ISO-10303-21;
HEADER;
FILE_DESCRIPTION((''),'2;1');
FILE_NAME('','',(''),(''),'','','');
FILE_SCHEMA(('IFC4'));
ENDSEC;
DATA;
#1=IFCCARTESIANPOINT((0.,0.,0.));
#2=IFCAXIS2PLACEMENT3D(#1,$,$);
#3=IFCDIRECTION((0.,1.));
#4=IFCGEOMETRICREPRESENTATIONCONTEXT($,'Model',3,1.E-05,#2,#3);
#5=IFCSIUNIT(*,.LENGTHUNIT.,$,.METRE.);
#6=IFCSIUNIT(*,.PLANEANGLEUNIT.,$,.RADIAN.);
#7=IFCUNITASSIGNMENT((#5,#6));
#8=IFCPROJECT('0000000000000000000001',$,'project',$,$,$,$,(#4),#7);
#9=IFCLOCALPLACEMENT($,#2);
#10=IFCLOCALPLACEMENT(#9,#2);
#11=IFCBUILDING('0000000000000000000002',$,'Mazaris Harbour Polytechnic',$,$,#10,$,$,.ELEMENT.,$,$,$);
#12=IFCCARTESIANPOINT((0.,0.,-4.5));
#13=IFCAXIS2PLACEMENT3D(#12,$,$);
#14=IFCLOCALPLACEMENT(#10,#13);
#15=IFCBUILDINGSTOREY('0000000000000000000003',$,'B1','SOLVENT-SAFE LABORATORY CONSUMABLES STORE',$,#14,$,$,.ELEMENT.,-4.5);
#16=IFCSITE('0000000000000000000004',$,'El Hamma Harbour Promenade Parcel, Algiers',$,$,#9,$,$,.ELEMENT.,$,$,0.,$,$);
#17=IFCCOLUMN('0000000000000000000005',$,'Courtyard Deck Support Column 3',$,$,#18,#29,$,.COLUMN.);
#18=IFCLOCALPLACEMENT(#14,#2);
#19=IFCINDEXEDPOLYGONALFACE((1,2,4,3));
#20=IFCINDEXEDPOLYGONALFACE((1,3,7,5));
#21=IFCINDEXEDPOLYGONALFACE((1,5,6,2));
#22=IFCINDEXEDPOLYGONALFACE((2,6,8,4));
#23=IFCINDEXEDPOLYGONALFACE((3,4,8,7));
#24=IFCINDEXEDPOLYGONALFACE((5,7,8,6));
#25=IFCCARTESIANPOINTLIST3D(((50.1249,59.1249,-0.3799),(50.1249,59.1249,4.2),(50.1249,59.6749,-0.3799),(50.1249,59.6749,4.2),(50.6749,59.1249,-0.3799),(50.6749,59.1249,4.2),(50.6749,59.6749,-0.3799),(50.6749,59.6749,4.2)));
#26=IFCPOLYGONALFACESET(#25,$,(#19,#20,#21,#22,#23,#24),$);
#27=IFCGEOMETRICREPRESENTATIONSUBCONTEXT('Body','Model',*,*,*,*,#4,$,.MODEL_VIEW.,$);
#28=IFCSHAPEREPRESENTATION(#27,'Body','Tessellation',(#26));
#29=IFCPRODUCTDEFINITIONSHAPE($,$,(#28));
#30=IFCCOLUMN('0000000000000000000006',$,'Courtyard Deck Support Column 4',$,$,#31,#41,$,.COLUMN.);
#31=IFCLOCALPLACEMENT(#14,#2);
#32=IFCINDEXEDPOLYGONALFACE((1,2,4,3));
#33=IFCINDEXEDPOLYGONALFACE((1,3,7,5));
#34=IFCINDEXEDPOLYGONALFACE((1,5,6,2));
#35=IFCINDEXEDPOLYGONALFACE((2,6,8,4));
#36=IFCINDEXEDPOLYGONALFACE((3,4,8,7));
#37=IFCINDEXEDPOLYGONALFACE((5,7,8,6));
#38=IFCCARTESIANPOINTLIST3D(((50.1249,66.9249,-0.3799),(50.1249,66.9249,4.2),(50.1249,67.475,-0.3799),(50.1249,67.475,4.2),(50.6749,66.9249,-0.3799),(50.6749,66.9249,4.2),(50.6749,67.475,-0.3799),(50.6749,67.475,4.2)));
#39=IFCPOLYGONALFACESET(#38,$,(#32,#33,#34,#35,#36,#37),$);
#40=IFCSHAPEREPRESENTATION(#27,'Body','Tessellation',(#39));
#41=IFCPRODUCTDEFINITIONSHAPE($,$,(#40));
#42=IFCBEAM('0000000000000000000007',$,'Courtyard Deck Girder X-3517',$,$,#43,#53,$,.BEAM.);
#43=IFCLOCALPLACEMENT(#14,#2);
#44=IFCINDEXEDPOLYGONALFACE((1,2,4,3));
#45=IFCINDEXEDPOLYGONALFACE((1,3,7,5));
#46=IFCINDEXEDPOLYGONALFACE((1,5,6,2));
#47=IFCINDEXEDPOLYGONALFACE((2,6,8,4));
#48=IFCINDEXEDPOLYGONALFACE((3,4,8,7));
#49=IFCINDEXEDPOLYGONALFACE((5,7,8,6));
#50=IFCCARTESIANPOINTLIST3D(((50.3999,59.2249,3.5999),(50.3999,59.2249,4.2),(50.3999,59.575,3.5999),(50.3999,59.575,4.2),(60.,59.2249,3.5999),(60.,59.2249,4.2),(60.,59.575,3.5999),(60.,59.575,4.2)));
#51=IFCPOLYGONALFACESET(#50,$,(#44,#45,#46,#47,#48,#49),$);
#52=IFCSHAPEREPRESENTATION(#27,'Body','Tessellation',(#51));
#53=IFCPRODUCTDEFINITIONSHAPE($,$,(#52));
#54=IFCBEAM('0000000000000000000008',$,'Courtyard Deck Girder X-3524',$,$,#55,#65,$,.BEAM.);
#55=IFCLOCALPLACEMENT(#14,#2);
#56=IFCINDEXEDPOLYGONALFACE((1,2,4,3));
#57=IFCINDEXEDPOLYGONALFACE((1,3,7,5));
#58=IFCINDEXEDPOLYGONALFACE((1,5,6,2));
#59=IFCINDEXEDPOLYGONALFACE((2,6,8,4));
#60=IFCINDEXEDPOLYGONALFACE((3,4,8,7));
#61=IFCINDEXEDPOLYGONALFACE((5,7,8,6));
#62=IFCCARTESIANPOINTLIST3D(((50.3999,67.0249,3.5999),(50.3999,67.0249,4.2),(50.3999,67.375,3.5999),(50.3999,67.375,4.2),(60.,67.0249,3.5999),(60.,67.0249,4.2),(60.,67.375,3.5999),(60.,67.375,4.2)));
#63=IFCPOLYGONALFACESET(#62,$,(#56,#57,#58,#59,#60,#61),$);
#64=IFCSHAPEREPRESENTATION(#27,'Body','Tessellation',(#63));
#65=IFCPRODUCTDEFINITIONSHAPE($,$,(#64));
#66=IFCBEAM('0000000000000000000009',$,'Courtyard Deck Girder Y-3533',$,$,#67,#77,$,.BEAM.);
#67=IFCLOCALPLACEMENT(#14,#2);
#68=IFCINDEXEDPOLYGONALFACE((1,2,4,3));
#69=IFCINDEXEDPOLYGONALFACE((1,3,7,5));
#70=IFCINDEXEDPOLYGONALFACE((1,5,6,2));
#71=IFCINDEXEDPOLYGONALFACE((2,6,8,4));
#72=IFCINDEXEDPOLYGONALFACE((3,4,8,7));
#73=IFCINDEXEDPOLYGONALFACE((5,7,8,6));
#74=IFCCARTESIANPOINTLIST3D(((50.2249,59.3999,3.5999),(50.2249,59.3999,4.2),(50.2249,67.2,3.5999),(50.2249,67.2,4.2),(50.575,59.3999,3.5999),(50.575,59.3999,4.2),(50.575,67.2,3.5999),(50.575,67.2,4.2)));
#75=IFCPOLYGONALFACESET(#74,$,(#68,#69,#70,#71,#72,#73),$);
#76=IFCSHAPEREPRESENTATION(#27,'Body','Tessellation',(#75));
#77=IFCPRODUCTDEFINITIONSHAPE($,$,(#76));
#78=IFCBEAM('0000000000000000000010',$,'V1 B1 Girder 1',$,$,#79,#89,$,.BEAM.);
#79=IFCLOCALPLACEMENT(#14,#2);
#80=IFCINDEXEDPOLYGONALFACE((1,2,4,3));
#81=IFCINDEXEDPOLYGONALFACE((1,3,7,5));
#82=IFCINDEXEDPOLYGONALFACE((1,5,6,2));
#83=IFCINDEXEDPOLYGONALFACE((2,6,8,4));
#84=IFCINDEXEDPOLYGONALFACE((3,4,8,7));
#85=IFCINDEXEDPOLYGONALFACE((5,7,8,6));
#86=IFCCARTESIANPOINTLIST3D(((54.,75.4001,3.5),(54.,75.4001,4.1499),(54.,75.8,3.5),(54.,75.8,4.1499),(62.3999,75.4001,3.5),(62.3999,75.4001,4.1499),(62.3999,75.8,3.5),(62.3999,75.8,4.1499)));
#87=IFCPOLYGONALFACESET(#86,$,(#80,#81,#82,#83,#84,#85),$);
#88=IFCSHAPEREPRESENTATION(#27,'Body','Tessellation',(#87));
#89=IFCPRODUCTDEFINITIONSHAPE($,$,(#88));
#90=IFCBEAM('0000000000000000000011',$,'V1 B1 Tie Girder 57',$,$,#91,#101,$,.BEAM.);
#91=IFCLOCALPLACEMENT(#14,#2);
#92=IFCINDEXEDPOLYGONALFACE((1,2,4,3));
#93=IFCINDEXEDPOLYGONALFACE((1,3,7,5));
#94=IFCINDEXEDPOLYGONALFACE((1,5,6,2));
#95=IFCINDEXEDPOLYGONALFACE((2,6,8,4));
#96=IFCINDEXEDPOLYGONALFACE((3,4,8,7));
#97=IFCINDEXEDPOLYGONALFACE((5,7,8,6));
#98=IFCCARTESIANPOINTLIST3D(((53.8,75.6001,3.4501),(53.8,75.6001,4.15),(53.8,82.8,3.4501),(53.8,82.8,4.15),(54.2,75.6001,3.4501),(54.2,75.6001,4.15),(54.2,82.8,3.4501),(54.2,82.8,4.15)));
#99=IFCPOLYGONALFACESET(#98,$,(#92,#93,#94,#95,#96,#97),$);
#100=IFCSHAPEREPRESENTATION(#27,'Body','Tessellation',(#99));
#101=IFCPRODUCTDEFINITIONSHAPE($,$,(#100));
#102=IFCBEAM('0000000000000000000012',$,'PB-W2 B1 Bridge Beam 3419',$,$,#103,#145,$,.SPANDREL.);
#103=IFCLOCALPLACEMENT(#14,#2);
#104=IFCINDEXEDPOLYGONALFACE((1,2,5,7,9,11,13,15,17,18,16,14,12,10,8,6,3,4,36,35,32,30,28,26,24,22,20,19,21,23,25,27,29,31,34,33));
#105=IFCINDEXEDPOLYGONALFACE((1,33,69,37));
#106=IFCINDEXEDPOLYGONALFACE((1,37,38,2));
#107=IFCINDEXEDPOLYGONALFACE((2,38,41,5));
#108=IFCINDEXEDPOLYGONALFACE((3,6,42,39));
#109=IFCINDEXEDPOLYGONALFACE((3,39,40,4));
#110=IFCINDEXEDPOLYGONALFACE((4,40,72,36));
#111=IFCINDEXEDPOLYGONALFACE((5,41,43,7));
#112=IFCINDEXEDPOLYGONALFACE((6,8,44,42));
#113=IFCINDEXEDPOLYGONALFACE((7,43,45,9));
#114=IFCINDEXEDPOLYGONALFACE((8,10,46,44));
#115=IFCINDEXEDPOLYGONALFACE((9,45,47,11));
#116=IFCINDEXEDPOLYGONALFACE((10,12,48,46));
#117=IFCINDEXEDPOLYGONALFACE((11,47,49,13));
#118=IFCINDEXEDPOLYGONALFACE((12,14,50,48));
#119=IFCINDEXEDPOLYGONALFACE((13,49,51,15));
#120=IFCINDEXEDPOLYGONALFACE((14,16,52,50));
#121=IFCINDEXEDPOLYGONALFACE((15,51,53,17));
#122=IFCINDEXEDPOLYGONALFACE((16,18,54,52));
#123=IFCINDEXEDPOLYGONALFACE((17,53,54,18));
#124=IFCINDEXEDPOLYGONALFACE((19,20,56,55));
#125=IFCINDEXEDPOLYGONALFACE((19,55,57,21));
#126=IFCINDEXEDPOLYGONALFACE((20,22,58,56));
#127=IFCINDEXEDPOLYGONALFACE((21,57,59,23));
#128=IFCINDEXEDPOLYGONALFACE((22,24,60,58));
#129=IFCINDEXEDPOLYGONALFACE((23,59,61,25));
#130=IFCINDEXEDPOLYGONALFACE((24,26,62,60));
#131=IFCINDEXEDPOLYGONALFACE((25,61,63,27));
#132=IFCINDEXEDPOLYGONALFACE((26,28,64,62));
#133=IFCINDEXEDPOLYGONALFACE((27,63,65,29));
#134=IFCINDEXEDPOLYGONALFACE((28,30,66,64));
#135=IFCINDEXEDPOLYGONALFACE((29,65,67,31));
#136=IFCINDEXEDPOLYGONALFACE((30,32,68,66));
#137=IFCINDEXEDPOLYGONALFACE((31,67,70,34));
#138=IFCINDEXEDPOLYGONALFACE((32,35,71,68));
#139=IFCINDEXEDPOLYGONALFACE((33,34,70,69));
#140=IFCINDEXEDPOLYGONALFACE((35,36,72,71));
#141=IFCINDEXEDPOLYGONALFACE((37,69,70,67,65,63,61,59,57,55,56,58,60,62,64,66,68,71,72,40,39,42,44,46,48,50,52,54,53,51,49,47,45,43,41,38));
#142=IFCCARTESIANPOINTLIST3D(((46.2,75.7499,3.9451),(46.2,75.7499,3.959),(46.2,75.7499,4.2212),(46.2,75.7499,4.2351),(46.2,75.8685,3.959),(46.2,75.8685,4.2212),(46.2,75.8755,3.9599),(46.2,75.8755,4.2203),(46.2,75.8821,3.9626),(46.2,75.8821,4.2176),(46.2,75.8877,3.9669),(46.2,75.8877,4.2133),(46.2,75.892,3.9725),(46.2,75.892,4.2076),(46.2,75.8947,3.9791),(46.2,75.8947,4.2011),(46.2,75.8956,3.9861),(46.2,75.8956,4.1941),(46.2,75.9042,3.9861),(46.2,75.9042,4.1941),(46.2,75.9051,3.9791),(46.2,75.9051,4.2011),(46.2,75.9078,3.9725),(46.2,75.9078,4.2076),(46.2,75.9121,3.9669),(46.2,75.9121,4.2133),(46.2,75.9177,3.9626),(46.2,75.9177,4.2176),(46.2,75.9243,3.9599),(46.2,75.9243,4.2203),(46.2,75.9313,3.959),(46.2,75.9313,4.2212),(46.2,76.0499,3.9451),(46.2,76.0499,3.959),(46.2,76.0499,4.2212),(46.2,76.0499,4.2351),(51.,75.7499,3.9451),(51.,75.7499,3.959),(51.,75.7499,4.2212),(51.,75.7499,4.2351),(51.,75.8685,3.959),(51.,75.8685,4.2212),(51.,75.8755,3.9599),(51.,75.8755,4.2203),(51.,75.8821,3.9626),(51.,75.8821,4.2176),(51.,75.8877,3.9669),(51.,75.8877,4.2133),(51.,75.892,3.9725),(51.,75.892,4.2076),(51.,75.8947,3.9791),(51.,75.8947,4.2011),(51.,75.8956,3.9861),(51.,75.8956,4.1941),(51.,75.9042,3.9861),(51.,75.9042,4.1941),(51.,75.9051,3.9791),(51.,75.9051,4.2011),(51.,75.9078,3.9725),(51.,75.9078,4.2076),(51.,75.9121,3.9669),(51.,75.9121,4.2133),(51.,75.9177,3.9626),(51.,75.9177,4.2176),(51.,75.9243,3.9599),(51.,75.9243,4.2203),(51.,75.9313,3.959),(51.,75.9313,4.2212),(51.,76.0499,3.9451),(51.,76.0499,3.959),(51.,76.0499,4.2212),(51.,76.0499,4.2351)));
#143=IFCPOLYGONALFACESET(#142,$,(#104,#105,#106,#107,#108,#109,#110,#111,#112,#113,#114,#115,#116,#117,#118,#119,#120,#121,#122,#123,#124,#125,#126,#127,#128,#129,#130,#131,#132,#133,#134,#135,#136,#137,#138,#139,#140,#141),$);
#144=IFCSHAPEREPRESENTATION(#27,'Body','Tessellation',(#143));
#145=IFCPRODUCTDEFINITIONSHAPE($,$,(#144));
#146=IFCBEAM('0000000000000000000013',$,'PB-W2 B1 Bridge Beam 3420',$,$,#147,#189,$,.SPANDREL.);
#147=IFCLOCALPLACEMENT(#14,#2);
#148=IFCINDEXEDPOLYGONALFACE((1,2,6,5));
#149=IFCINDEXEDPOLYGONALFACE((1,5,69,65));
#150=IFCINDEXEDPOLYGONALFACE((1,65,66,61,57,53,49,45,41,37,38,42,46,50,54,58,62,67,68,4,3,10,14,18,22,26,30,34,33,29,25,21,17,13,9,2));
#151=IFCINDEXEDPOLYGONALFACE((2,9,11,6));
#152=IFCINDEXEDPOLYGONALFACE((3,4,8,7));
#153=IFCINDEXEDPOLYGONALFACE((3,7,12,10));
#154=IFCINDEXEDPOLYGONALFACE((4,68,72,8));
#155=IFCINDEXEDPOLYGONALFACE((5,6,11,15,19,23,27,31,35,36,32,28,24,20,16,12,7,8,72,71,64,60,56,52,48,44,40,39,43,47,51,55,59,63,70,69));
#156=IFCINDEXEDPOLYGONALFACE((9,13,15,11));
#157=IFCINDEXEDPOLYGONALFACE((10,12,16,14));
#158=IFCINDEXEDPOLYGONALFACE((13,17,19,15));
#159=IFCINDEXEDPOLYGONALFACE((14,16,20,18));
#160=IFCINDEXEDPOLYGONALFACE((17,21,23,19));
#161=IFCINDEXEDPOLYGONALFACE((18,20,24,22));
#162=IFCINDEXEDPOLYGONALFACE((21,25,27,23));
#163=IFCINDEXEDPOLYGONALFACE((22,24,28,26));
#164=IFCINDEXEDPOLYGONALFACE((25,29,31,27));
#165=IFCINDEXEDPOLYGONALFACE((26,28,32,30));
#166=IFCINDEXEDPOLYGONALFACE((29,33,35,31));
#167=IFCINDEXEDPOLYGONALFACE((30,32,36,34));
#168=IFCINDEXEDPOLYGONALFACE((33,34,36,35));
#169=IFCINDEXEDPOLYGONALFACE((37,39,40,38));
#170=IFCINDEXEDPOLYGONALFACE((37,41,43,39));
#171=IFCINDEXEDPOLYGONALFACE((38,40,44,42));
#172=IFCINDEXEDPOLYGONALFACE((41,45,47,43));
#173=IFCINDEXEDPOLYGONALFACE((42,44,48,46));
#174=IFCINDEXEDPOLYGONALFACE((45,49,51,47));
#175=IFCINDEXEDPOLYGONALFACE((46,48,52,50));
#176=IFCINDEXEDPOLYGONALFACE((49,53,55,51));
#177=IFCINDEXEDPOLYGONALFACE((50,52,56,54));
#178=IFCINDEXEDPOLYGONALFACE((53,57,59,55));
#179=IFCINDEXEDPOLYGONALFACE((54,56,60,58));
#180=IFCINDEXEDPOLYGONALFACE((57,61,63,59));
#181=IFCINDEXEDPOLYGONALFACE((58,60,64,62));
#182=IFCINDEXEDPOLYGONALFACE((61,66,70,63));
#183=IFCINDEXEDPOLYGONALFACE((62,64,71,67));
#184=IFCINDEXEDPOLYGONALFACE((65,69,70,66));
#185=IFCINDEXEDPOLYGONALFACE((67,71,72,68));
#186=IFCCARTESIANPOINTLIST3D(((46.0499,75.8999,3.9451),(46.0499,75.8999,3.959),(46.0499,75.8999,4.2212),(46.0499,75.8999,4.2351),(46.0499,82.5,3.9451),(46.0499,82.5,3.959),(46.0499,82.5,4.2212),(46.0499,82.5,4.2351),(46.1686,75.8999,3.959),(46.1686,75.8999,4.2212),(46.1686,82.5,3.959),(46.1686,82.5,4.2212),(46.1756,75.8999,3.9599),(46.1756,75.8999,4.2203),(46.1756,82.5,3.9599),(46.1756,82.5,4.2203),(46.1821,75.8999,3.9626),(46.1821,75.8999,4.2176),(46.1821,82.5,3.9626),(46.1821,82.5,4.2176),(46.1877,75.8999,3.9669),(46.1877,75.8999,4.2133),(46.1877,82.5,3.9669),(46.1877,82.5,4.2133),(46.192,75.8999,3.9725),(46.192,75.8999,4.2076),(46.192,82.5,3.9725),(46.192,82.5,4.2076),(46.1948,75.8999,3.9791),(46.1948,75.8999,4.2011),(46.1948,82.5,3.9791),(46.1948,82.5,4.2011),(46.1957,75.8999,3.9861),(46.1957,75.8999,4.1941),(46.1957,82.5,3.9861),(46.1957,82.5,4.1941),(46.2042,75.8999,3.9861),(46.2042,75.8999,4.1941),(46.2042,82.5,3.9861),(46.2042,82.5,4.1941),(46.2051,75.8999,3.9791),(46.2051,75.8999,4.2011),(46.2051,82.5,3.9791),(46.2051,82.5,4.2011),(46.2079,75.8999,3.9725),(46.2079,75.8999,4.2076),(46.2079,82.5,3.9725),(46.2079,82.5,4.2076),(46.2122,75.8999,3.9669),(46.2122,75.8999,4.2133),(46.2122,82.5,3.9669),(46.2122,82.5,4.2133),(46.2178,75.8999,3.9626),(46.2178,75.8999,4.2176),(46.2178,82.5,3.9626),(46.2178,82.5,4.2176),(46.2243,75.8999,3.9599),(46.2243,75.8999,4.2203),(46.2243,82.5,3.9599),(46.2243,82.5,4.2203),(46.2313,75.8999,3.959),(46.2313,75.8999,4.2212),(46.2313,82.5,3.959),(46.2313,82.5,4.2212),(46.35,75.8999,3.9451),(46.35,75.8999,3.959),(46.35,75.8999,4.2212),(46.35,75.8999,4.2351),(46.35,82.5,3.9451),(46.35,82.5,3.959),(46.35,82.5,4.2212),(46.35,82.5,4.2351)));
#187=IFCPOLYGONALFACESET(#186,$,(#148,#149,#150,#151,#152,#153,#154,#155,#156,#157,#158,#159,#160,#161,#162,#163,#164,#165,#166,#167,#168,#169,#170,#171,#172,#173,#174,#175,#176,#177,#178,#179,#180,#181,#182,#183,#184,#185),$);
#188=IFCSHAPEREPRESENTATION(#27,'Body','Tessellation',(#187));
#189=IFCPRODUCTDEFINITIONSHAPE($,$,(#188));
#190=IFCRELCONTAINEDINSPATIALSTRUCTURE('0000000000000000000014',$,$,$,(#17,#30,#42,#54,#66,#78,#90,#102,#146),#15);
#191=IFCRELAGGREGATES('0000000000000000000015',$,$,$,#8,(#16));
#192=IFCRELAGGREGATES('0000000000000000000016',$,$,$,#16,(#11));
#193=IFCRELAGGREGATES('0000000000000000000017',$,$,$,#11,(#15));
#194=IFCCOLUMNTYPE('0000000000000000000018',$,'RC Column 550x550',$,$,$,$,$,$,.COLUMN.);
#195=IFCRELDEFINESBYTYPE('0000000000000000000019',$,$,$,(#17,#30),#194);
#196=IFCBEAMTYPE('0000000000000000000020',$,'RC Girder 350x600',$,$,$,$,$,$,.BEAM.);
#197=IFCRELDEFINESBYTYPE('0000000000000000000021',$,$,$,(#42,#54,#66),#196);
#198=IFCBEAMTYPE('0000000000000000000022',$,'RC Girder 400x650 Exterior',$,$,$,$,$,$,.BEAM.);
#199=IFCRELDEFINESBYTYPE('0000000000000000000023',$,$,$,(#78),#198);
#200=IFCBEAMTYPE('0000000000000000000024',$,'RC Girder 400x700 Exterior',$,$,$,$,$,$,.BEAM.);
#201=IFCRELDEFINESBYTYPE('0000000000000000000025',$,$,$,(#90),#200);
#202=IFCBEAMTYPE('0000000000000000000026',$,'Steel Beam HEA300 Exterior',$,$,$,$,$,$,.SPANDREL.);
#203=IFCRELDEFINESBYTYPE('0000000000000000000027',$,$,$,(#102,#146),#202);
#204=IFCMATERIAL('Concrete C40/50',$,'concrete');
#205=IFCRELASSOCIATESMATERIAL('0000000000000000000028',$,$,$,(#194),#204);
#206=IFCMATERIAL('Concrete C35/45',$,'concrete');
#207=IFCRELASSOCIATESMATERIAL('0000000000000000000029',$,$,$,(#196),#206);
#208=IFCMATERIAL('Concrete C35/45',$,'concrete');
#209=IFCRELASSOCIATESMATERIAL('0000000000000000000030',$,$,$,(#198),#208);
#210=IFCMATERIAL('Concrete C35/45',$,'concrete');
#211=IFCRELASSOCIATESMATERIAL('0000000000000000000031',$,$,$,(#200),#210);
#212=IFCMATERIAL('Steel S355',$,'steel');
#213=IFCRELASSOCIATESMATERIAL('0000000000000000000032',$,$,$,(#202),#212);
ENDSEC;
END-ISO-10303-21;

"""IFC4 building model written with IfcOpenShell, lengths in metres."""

from ifc_helpers import new_model, si_unit, direction, frame, origin, origin_2d, place, context, subcontext, project, spatial, rectangle, i_section, extrude, material, material_profile, profile_set, type_object, element, save


model = new_model("IFC4")

# Units and contexts
model_context = context("Model", 3, precision=1e-05, world=origin(), true_north=direction((0.0, 1.0)))
body_context = subcontext(model_context, "Body", "Model", "MODEL_VIEW")
ifc_project = project(units=[si_unit("LENGTHUNIT", "METRE"), si_unit("PLANEANGLEUNIT", "RADIAN")], contexts=[model_context])

# Site, building, storey
site_placement = place(None, origin())
site = spatial("IfcSite", under=ifc_project, at=site_placement, Name="El Hamma Harbour Promenade Parcel, Algiers", CompositionType="ELEMENT", RefElevation=0.0)
building_placement = place(site_placement, origin())
building = spatial("IfcBuilding", under=site, at=building_placement, Name="Mazaris Harbour Polytechnic", CompositionType="ELEMENT")
storey_placement = place(building_placement, frame((0.0, 0.0, -4.5)))
storey = spatial("IfcBuildingStorey", under=building, at=storey_placement, Name="B1", Description="SOLVENT-SAFE LABORATORY CONSUMABLES STORE", CompositionType="ELEMENT", Elevation=-4.5)

# Columns
ifc_material_1 = material(Name="Concrete C40/50", Category="concrete")
ifc_material_profile_1 = material_profile(ifc_material_1, rectangle(XDim=0.55, YDim=0.55, at=origin_2d()), Name="RECT550x550")
ifc_profile_set_1 = profile_set([ifc_material_profile_1], Name="Concrete C40/50")
column_type_1 = type_object("IfcColumnType", Name="RC Column 550x550", PredefinedType="COLUMN", material=ifc_profile_set_1)
for number, where, z_axis, x_axis, name in (
    (1, (50.3999, 59.3999, -0.3799), (0.0, 0.0, 1.0), (1.0, 0.0, 0.0), "Courtyard Deck Support Column 3"),
    (2, (50.3999, 67.2, -0.3799), (0.0, 0.0, 1.0), (1.0, 0.0, 0.0), "Courtyard Deck Support Column 4"),
):
    element("IfcColumn", number, at=place(storey_placement, frame(where, z_axis=z_axis, x_axis=x_axis)), inside=storey, type_object=column_type_1, Name=name, PredefinedType="COLUMN", context=body_context, shape_type="SweptSolid", body=[
        extrude(rectangle(XDim=0.55, YDim=0.55, at=origin_2d()), origin(), (0.0, 0.0, 1.0), 4.5798),
    ])

# Beams
ifc_material_2 = material(Name="Concrete C35/45", Category="concrete")
ifc_material_profile_2 = material_profile(ifc_material_2, rectangle(XDim=0.3501, YDim=0.6001, at=origin_2d()), Name="RECT350x600")
ifc_profile_set_2 = profile_set([ifc_material_profile_2], Name="Concrete C35/45")
beam_type_1 = type_object("IfcBeamType", Name="RC Girder 350x600", PredefinedType="BEAM", material=ifc_profile_set_2)
for number, where, z_axis, x_axis, name in (
    (3, (50.3999, 59.3999, 3.8999), (1.0, 0.0, 0.0), (0.0, 1.0, 0.0), "Courtyard Deck Girder X-3517"),
    (4, (50.3999, 67.2, 3.8999), (1.0, 0.0, 0.0), (0.0, 1.0, 0.0), "Courtyard Deck Girder X-3524"),
):
    element("IfcBeam", number, at=place(storey_placement, frame(where, z_axis=z_axis, x_axis=x_axis)), inside=storey, type_object=beam_type_1, Name=name, PredefinedType="BEAM", context=body_context, shape_type="SweptSolid", body=[
        extrude(rectangle(XDim=0.3501, YDim=0.6001, at=origin_2d()), origin(), (0.0, 0.0, 1.0), 9.6001),
    ])
beam_1_placement = place(storey_placement, frame((50.3999, 59.3999, 3.8999), z_axis=(0.0, 1.0, 0.0), x_axis=(-1.0, 0.0, 0.0)))
element("IfcBeam", 5, at=beam_1_placement, inside=storey, type_object=beam_type_1, Name="Courtyard Deck Girder Y-3533", PredefinedType="BEAM", context=body_context, shape_type="SweptSolid", body=[
    extrude(rectangle(XDim=0.3501, YDim=0.6001, at=origin_2d()), origin(), (0.0, 0.0, 1.0), 7.8),
])
ifc_material_3 = material(Name="Concrete C35/45", Category="concrete")
ifc_material_profile_3 = material_profile(ifc_material_3, rectangle(XDim=0.3999, YDim=0.6499, at=origin_2d()), Name="RECT400x650")
ifc_profile_set_3 = profile_set([ifc_material_profile_3], Name="Concrete C35/45")
beam_type_2 = type_object("IfcBeamType", Name="RC Girder 400x650 Exterior", PredefinedType="BEAM", material=ifc_profile_set_3)
beam_2_placement = place(storey_placement, frame((54.0, 75.6001, 3.825), z_axis=(1.0, 0.0, 0.0), x_axis=(0.0, 1.0, 0.0)))
element("IfcBeam", 6, at=beam_2_placement, inside=storey, type_object=beam_type_2, Name="V1 B1 Girder 1", PredefinedType="BEAM", context=body_context, shape_type="SweptSolid", body=[
    extrude(rectangle(XDim=0.3999, YDim=0.6499, at=origin_2d()), origin(), (0.0, 0.0, 1.0), 8.3999),
])
ifc_material_4 = material(Name="Concrete C35/45", Category="concrete")
ifc_material_profile_4 = material_profile(ifc_material_4, rectangle(XDim=0.3999, YDim=0.7, at=origin_2d()), Name="RECT400x700")
ifc_profile_set_4 = profile_set([ifc_material_profile_4], Name="Concrete C35/45")
beam_type_3 = type_object("IfcBeamType", Name="RC Girder 400x700 Exterior", PredefinedType="BEAM", material=ifc_profile_set_4)
beam_3_placement = place(storey_placement, frame((54.0, 75.6001, 3.8), z_axis=(0.0, 1.0, 0.0), x_axis=(-1.0, 0.0, 0.0)))
element("IfcBeam", 7, at=beam_3_placement, inside=storey, type_object=beam_type_3, Name="V1 B1 Tie Girder 57", PredefinedType="BEAM", context=body_context, shape_type="SweptSolid", body=[
    extrude(rectangle(XDim=0.3999, YDim=0.7, at=origin_2d()), origin(), (0.0, 0.0, 1.0), 7.2),
])
ifc_material_5 = material(Name="Steel S355", Category="steel")
ifc_material_profile_5 = material_profile(ifc_material_5, i_section(OverallWidth=0.3, OverallDepth=0.29, WebThickness=0.0085, FlangeThickness=0.0139, FilletRadius=0.0271, at=origin_2d()), Name="HEA 300")
ifc_profile_set_5 = profile_set([ifc_material_profile_5], Name="Steel S355")
beam_type_4 = type_object("IfcBeamType", Name="Steel Beam HEA300 Exterior", PredefinedType="SPANDREL", material=ifc_profile_set_5)
beam_4_placement = place(storey_placement, frame((46.2, 75.8999, 4.0901), z_axis=(1.0, 0.0, 0.0), x_axis=(0.0, 1.0, 0.0)))
element("IfcBeam", 8, at=beam_4_placement, inside=storey, type_object=beam_type_4, Name="PB-W2 B1 Bridge Beam 3419", PredefinedType="SPANDREL", context=body_context, shape_type="SweptSolid", body=[
    extrude(i_section(OverallWidth=0.3, OverallDepth=0.29, WebThickness=0.0085, FlangeThickness=0.0139, FilletRadius=0.0271, at=origin_2d()), origin(), (0.0, 0.0, 1.0), 4.8),
])
for number, where, z_axis, x_axis, name in (
    (9, (46.2, 75.8999, 4.0901), (0.0, 1.0, 0.0), (-1.0, 0.0, 0.0), "PB-W2 B1 Bridge Beam 3420"),
):
    element("IfcBeam", number, at=place(storey_placement, frame(where, z_axis=z_axis, x_axis=x_axis)), inside=storey, type_object=beam_type_4, Name=name, PredefinedType="SPANDREL", context=body_context, shape_type="SweptSolid", body=[
        extrude(i_section(OverallWidth=0.3, OverallDepth=0.29, WebThickness=0.0085, FlangeThickness=0.0139, FilletRadius=0.0271, at=origin_2d()), origin(), (0.0, 0.0, 1.0), 6.6001),
    ])

save(model, "model.ifc")
